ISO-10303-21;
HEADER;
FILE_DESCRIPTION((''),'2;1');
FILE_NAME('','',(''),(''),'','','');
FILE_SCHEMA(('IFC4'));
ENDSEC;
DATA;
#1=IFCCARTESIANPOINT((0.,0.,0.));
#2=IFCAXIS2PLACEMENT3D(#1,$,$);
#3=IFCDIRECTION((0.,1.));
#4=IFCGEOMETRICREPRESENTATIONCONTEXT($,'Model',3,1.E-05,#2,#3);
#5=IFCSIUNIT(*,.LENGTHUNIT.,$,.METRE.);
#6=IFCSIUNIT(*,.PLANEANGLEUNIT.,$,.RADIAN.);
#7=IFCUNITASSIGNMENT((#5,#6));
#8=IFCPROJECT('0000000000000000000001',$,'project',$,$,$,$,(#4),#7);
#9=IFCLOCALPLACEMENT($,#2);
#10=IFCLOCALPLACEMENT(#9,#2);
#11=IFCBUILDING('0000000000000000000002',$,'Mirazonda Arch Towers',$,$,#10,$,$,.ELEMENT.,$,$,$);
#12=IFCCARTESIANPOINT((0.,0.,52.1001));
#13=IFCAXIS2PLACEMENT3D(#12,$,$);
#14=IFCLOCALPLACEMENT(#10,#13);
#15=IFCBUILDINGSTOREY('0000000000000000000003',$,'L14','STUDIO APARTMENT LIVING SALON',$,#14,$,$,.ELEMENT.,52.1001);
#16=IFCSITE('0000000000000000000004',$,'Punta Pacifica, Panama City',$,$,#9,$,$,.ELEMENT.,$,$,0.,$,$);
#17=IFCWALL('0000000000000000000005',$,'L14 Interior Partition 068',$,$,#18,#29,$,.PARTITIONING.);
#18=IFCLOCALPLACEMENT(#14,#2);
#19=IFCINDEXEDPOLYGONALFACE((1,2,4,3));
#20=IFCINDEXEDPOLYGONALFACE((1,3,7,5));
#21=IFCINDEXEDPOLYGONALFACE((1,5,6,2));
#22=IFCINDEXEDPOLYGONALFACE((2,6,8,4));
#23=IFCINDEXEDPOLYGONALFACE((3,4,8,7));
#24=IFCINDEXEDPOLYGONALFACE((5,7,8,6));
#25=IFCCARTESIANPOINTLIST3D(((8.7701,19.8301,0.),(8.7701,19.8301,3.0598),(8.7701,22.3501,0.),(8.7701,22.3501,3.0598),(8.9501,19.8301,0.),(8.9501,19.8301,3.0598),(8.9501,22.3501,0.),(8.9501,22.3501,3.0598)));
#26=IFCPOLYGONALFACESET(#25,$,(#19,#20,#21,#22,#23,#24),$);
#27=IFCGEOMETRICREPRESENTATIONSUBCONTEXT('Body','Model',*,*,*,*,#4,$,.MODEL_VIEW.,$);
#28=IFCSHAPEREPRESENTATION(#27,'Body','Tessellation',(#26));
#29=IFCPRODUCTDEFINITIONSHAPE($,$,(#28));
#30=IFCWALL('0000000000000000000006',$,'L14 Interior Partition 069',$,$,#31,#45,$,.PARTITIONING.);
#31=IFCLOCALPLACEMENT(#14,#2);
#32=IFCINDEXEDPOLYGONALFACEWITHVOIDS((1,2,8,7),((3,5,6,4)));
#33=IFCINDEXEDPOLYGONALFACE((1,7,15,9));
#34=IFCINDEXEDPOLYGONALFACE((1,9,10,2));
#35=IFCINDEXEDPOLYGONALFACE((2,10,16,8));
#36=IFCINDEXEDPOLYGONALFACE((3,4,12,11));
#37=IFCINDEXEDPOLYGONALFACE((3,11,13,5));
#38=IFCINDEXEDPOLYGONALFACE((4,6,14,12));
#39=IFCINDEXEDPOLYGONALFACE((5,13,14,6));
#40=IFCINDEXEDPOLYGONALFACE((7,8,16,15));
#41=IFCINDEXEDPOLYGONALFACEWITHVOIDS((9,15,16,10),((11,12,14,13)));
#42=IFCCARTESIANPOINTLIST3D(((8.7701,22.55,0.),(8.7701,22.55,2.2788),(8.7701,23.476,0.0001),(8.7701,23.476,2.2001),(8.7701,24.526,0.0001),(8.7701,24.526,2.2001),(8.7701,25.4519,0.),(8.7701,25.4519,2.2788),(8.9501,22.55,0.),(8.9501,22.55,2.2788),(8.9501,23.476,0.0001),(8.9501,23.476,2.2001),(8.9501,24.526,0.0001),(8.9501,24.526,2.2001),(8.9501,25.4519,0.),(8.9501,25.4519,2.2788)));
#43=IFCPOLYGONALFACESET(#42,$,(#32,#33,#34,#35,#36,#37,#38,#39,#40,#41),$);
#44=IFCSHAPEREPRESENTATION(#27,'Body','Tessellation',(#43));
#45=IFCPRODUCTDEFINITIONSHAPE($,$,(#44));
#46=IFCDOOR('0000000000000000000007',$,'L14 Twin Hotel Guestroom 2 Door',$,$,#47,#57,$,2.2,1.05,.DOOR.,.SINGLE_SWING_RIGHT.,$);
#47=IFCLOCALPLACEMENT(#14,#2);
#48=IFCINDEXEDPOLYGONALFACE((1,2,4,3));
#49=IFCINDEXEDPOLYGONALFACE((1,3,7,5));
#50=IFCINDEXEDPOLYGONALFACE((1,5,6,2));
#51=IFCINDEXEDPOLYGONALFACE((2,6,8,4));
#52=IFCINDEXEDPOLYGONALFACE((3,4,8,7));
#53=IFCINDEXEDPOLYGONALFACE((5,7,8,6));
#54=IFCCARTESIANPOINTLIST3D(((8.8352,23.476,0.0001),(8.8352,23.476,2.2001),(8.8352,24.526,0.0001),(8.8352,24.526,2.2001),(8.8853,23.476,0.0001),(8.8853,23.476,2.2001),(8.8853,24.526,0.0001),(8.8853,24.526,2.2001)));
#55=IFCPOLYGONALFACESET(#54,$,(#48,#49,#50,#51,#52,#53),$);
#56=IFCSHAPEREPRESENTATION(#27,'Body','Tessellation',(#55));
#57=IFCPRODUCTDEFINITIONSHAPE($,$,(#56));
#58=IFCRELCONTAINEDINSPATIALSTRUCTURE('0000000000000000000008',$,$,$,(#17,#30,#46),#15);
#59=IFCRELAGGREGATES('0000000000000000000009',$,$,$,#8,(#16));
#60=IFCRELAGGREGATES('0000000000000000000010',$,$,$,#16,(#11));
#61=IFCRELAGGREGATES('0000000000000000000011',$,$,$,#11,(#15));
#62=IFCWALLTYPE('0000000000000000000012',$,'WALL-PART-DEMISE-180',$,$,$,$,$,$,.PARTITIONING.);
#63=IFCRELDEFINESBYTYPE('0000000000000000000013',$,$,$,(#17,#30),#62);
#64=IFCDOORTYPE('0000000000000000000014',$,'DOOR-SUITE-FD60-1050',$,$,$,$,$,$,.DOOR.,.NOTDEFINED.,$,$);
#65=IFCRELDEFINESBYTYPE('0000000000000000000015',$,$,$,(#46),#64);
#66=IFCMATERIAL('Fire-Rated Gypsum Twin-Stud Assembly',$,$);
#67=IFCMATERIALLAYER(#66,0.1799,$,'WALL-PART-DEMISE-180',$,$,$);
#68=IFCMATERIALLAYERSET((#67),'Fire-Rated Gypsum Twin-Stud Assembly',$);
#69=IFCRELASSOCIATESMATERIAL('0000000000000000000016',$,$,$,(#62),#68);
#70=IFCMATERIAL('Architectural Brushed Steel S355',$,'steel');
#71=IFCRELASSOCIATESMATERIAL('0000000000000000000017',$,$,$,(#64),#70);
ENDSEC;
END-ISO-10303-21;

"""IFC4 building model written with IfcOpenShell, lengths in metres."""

from ifc_helpers import new_model, si_unit, direction, frame, frame_2d, origin, place, context, subcontext, project, spatial, rectangle, extrude, material, layer, layer_set, type_object, element, fill, save


model = new_model("IFC4")

# Units and contexts
model_context = context("Model", 3, precision=1e-05, world=origin(), true_north=direction((0.0, 1.0)))
body_context = subcontext(model_context, "Body", "Model", "MODEL_VIEW")
ifc_project = project(units=[si_unit("LENGTHUNIT", "METRE"), si_unit("PLANEANGLEUNIT", "RADIAN")], contexts=[model_context])

# Site, building, storey
site_placement = place(None, origin())
site = spatial("IfcSite", under=ifc_project, at=site_placement, Name="Punta Pacifica, Panama City", CompositionType="ELEMENT", RefElevation=0.0)
building_placement = place(site_placement, origin())
building = spatial("IfcBuilding", under=site, at=building_placement, Name="Mirazonda Arch Towers", CompositionType="ELEMENT")
storey_placement = place(building_placement, frame((0.0, 0.0, 52.1001)))
storey = spatial("IfcBuildingStorey", under=building, at=storey_placement, Name="L14", Description="STUDIO APARTMENT LIVING SALON", CompositionType="ELEMENT", Elevation=52.1001)

# Shared definitions
ifc_material_1 = material(Name="Architectural Brushed Steel S355", Category="steel")

# Shared definitions
ifc_material_2 = material(Name="Fire-Rated Gypsum Twin-Stud Assembly")
ifc_layer_1 = layer(ifc_material_2, 0.1799, Name="WALL-PART-DEMISE-180")
ifc_layer_set_1 = layer_set([ifc_layer_1], Name="Fire-Rated Gypsum Twin-Stud Assembly")
wall_type_1 = type_object("IfcWallType", Name="WALL-PART-DEMISE-180", PredefinedType="PARTITIONING", material=ifc_layer_set_1)
door_type_1 = type_object("IfcDoorType", Name="DOOR-SUITE-FD60-1050", OperationType="NOTDEFINED", PredefinedType="DOOR", material=ifc_material_1)

# Wall
wall_1_placement = place(storey_placement, frame((8.8601, 19.8301, 0.0), z_axis=(0.0, 0.0, 1.0), x_axis=(0.0, 1.0, 0.0)))
element("IfcWall", 1, at=wall_1_placement, inside=storey, type_object=wall_type_1, Name="L14 Interior Partition 068", PredefinedType="PARTITIONING", context=body_context, shape_type="SweptSolid", body=[
    extrude(rectangle(XDim=2.52, YDim=0.1799, at=frame_2d((1.26, 0.0))), origin(), (0.0, 0.0, 1.0), 3.0598),
])

# Wall, opening, door
wall_2_placement = place(storey_placement, frame((8.8601, 22.55, 0.0), z_axis=(0.0, 0.0, 1.0), x_axis=(0.0, 1.0, 0.0)))
wall_2 = element("IfcWall", 2, at=wall_2_placement, inside=storey, type_object=wall_type_1, Name="L14 Interior Partition 069", PredefinedType="PARTITIONING", context=body_context, shape_type="SweptSolid", body=[
    extrude(rectangle(XDim=2.9019, YDim=0.1799, at=frame_2d((1.4509, 0.0))), origin(), (0.0, 0.0, 1.0), 2.2788),
])
opening_1_placement = place(wall_2_placement, frame((0.926, 0.0, 0.0)))
opening_1 = element("IfcOpeningElement", 3, at=opening_1_placement, cuts=wall_2, PredefinedType="OPENING", context=body_context, shape_type="SweptSolid", body=[
    extrude(rectangle(XDim=1.05, YDim=2.2, at=frame_2d((0.5249, 1.1001))), frame((0.0, 0.0999, 0.0), z_axis=(0.0, -1.0, 0.0), x_axis=(1.0, 0.0, 0.0)), (0.0, 0.0, 1.0), 0.2),
])
door_1_placement = place(opening_1_placement, origin())
door_1 = element("IfcDoor", 4, at=door_1_placement, inside=storey, type_object=door_type_1, Name="L14 Twin Hotel Guestroom 2 Door", OperationType="SINGLE_SWING_RIGHT", OverallHeight=2.2, OverallWidth=1.05, PredefinedType="DOOR", context=body_context, shape_type="SweptSolid", body=[
    extrude(rectangle(XDim=1.05, YDim=2.2, at=frame_2d((0.5249, 1.1001))), frame((0.0, 0.0249, 0.0), z_axis=(0.0, -1.0, 0.0), x_axis=(1.0, 0.0, 0.0)), (0.0, 0.0, 1.0), 0.05),
])
fill(opening_1, door_1)

save(model, "model.ifc")
